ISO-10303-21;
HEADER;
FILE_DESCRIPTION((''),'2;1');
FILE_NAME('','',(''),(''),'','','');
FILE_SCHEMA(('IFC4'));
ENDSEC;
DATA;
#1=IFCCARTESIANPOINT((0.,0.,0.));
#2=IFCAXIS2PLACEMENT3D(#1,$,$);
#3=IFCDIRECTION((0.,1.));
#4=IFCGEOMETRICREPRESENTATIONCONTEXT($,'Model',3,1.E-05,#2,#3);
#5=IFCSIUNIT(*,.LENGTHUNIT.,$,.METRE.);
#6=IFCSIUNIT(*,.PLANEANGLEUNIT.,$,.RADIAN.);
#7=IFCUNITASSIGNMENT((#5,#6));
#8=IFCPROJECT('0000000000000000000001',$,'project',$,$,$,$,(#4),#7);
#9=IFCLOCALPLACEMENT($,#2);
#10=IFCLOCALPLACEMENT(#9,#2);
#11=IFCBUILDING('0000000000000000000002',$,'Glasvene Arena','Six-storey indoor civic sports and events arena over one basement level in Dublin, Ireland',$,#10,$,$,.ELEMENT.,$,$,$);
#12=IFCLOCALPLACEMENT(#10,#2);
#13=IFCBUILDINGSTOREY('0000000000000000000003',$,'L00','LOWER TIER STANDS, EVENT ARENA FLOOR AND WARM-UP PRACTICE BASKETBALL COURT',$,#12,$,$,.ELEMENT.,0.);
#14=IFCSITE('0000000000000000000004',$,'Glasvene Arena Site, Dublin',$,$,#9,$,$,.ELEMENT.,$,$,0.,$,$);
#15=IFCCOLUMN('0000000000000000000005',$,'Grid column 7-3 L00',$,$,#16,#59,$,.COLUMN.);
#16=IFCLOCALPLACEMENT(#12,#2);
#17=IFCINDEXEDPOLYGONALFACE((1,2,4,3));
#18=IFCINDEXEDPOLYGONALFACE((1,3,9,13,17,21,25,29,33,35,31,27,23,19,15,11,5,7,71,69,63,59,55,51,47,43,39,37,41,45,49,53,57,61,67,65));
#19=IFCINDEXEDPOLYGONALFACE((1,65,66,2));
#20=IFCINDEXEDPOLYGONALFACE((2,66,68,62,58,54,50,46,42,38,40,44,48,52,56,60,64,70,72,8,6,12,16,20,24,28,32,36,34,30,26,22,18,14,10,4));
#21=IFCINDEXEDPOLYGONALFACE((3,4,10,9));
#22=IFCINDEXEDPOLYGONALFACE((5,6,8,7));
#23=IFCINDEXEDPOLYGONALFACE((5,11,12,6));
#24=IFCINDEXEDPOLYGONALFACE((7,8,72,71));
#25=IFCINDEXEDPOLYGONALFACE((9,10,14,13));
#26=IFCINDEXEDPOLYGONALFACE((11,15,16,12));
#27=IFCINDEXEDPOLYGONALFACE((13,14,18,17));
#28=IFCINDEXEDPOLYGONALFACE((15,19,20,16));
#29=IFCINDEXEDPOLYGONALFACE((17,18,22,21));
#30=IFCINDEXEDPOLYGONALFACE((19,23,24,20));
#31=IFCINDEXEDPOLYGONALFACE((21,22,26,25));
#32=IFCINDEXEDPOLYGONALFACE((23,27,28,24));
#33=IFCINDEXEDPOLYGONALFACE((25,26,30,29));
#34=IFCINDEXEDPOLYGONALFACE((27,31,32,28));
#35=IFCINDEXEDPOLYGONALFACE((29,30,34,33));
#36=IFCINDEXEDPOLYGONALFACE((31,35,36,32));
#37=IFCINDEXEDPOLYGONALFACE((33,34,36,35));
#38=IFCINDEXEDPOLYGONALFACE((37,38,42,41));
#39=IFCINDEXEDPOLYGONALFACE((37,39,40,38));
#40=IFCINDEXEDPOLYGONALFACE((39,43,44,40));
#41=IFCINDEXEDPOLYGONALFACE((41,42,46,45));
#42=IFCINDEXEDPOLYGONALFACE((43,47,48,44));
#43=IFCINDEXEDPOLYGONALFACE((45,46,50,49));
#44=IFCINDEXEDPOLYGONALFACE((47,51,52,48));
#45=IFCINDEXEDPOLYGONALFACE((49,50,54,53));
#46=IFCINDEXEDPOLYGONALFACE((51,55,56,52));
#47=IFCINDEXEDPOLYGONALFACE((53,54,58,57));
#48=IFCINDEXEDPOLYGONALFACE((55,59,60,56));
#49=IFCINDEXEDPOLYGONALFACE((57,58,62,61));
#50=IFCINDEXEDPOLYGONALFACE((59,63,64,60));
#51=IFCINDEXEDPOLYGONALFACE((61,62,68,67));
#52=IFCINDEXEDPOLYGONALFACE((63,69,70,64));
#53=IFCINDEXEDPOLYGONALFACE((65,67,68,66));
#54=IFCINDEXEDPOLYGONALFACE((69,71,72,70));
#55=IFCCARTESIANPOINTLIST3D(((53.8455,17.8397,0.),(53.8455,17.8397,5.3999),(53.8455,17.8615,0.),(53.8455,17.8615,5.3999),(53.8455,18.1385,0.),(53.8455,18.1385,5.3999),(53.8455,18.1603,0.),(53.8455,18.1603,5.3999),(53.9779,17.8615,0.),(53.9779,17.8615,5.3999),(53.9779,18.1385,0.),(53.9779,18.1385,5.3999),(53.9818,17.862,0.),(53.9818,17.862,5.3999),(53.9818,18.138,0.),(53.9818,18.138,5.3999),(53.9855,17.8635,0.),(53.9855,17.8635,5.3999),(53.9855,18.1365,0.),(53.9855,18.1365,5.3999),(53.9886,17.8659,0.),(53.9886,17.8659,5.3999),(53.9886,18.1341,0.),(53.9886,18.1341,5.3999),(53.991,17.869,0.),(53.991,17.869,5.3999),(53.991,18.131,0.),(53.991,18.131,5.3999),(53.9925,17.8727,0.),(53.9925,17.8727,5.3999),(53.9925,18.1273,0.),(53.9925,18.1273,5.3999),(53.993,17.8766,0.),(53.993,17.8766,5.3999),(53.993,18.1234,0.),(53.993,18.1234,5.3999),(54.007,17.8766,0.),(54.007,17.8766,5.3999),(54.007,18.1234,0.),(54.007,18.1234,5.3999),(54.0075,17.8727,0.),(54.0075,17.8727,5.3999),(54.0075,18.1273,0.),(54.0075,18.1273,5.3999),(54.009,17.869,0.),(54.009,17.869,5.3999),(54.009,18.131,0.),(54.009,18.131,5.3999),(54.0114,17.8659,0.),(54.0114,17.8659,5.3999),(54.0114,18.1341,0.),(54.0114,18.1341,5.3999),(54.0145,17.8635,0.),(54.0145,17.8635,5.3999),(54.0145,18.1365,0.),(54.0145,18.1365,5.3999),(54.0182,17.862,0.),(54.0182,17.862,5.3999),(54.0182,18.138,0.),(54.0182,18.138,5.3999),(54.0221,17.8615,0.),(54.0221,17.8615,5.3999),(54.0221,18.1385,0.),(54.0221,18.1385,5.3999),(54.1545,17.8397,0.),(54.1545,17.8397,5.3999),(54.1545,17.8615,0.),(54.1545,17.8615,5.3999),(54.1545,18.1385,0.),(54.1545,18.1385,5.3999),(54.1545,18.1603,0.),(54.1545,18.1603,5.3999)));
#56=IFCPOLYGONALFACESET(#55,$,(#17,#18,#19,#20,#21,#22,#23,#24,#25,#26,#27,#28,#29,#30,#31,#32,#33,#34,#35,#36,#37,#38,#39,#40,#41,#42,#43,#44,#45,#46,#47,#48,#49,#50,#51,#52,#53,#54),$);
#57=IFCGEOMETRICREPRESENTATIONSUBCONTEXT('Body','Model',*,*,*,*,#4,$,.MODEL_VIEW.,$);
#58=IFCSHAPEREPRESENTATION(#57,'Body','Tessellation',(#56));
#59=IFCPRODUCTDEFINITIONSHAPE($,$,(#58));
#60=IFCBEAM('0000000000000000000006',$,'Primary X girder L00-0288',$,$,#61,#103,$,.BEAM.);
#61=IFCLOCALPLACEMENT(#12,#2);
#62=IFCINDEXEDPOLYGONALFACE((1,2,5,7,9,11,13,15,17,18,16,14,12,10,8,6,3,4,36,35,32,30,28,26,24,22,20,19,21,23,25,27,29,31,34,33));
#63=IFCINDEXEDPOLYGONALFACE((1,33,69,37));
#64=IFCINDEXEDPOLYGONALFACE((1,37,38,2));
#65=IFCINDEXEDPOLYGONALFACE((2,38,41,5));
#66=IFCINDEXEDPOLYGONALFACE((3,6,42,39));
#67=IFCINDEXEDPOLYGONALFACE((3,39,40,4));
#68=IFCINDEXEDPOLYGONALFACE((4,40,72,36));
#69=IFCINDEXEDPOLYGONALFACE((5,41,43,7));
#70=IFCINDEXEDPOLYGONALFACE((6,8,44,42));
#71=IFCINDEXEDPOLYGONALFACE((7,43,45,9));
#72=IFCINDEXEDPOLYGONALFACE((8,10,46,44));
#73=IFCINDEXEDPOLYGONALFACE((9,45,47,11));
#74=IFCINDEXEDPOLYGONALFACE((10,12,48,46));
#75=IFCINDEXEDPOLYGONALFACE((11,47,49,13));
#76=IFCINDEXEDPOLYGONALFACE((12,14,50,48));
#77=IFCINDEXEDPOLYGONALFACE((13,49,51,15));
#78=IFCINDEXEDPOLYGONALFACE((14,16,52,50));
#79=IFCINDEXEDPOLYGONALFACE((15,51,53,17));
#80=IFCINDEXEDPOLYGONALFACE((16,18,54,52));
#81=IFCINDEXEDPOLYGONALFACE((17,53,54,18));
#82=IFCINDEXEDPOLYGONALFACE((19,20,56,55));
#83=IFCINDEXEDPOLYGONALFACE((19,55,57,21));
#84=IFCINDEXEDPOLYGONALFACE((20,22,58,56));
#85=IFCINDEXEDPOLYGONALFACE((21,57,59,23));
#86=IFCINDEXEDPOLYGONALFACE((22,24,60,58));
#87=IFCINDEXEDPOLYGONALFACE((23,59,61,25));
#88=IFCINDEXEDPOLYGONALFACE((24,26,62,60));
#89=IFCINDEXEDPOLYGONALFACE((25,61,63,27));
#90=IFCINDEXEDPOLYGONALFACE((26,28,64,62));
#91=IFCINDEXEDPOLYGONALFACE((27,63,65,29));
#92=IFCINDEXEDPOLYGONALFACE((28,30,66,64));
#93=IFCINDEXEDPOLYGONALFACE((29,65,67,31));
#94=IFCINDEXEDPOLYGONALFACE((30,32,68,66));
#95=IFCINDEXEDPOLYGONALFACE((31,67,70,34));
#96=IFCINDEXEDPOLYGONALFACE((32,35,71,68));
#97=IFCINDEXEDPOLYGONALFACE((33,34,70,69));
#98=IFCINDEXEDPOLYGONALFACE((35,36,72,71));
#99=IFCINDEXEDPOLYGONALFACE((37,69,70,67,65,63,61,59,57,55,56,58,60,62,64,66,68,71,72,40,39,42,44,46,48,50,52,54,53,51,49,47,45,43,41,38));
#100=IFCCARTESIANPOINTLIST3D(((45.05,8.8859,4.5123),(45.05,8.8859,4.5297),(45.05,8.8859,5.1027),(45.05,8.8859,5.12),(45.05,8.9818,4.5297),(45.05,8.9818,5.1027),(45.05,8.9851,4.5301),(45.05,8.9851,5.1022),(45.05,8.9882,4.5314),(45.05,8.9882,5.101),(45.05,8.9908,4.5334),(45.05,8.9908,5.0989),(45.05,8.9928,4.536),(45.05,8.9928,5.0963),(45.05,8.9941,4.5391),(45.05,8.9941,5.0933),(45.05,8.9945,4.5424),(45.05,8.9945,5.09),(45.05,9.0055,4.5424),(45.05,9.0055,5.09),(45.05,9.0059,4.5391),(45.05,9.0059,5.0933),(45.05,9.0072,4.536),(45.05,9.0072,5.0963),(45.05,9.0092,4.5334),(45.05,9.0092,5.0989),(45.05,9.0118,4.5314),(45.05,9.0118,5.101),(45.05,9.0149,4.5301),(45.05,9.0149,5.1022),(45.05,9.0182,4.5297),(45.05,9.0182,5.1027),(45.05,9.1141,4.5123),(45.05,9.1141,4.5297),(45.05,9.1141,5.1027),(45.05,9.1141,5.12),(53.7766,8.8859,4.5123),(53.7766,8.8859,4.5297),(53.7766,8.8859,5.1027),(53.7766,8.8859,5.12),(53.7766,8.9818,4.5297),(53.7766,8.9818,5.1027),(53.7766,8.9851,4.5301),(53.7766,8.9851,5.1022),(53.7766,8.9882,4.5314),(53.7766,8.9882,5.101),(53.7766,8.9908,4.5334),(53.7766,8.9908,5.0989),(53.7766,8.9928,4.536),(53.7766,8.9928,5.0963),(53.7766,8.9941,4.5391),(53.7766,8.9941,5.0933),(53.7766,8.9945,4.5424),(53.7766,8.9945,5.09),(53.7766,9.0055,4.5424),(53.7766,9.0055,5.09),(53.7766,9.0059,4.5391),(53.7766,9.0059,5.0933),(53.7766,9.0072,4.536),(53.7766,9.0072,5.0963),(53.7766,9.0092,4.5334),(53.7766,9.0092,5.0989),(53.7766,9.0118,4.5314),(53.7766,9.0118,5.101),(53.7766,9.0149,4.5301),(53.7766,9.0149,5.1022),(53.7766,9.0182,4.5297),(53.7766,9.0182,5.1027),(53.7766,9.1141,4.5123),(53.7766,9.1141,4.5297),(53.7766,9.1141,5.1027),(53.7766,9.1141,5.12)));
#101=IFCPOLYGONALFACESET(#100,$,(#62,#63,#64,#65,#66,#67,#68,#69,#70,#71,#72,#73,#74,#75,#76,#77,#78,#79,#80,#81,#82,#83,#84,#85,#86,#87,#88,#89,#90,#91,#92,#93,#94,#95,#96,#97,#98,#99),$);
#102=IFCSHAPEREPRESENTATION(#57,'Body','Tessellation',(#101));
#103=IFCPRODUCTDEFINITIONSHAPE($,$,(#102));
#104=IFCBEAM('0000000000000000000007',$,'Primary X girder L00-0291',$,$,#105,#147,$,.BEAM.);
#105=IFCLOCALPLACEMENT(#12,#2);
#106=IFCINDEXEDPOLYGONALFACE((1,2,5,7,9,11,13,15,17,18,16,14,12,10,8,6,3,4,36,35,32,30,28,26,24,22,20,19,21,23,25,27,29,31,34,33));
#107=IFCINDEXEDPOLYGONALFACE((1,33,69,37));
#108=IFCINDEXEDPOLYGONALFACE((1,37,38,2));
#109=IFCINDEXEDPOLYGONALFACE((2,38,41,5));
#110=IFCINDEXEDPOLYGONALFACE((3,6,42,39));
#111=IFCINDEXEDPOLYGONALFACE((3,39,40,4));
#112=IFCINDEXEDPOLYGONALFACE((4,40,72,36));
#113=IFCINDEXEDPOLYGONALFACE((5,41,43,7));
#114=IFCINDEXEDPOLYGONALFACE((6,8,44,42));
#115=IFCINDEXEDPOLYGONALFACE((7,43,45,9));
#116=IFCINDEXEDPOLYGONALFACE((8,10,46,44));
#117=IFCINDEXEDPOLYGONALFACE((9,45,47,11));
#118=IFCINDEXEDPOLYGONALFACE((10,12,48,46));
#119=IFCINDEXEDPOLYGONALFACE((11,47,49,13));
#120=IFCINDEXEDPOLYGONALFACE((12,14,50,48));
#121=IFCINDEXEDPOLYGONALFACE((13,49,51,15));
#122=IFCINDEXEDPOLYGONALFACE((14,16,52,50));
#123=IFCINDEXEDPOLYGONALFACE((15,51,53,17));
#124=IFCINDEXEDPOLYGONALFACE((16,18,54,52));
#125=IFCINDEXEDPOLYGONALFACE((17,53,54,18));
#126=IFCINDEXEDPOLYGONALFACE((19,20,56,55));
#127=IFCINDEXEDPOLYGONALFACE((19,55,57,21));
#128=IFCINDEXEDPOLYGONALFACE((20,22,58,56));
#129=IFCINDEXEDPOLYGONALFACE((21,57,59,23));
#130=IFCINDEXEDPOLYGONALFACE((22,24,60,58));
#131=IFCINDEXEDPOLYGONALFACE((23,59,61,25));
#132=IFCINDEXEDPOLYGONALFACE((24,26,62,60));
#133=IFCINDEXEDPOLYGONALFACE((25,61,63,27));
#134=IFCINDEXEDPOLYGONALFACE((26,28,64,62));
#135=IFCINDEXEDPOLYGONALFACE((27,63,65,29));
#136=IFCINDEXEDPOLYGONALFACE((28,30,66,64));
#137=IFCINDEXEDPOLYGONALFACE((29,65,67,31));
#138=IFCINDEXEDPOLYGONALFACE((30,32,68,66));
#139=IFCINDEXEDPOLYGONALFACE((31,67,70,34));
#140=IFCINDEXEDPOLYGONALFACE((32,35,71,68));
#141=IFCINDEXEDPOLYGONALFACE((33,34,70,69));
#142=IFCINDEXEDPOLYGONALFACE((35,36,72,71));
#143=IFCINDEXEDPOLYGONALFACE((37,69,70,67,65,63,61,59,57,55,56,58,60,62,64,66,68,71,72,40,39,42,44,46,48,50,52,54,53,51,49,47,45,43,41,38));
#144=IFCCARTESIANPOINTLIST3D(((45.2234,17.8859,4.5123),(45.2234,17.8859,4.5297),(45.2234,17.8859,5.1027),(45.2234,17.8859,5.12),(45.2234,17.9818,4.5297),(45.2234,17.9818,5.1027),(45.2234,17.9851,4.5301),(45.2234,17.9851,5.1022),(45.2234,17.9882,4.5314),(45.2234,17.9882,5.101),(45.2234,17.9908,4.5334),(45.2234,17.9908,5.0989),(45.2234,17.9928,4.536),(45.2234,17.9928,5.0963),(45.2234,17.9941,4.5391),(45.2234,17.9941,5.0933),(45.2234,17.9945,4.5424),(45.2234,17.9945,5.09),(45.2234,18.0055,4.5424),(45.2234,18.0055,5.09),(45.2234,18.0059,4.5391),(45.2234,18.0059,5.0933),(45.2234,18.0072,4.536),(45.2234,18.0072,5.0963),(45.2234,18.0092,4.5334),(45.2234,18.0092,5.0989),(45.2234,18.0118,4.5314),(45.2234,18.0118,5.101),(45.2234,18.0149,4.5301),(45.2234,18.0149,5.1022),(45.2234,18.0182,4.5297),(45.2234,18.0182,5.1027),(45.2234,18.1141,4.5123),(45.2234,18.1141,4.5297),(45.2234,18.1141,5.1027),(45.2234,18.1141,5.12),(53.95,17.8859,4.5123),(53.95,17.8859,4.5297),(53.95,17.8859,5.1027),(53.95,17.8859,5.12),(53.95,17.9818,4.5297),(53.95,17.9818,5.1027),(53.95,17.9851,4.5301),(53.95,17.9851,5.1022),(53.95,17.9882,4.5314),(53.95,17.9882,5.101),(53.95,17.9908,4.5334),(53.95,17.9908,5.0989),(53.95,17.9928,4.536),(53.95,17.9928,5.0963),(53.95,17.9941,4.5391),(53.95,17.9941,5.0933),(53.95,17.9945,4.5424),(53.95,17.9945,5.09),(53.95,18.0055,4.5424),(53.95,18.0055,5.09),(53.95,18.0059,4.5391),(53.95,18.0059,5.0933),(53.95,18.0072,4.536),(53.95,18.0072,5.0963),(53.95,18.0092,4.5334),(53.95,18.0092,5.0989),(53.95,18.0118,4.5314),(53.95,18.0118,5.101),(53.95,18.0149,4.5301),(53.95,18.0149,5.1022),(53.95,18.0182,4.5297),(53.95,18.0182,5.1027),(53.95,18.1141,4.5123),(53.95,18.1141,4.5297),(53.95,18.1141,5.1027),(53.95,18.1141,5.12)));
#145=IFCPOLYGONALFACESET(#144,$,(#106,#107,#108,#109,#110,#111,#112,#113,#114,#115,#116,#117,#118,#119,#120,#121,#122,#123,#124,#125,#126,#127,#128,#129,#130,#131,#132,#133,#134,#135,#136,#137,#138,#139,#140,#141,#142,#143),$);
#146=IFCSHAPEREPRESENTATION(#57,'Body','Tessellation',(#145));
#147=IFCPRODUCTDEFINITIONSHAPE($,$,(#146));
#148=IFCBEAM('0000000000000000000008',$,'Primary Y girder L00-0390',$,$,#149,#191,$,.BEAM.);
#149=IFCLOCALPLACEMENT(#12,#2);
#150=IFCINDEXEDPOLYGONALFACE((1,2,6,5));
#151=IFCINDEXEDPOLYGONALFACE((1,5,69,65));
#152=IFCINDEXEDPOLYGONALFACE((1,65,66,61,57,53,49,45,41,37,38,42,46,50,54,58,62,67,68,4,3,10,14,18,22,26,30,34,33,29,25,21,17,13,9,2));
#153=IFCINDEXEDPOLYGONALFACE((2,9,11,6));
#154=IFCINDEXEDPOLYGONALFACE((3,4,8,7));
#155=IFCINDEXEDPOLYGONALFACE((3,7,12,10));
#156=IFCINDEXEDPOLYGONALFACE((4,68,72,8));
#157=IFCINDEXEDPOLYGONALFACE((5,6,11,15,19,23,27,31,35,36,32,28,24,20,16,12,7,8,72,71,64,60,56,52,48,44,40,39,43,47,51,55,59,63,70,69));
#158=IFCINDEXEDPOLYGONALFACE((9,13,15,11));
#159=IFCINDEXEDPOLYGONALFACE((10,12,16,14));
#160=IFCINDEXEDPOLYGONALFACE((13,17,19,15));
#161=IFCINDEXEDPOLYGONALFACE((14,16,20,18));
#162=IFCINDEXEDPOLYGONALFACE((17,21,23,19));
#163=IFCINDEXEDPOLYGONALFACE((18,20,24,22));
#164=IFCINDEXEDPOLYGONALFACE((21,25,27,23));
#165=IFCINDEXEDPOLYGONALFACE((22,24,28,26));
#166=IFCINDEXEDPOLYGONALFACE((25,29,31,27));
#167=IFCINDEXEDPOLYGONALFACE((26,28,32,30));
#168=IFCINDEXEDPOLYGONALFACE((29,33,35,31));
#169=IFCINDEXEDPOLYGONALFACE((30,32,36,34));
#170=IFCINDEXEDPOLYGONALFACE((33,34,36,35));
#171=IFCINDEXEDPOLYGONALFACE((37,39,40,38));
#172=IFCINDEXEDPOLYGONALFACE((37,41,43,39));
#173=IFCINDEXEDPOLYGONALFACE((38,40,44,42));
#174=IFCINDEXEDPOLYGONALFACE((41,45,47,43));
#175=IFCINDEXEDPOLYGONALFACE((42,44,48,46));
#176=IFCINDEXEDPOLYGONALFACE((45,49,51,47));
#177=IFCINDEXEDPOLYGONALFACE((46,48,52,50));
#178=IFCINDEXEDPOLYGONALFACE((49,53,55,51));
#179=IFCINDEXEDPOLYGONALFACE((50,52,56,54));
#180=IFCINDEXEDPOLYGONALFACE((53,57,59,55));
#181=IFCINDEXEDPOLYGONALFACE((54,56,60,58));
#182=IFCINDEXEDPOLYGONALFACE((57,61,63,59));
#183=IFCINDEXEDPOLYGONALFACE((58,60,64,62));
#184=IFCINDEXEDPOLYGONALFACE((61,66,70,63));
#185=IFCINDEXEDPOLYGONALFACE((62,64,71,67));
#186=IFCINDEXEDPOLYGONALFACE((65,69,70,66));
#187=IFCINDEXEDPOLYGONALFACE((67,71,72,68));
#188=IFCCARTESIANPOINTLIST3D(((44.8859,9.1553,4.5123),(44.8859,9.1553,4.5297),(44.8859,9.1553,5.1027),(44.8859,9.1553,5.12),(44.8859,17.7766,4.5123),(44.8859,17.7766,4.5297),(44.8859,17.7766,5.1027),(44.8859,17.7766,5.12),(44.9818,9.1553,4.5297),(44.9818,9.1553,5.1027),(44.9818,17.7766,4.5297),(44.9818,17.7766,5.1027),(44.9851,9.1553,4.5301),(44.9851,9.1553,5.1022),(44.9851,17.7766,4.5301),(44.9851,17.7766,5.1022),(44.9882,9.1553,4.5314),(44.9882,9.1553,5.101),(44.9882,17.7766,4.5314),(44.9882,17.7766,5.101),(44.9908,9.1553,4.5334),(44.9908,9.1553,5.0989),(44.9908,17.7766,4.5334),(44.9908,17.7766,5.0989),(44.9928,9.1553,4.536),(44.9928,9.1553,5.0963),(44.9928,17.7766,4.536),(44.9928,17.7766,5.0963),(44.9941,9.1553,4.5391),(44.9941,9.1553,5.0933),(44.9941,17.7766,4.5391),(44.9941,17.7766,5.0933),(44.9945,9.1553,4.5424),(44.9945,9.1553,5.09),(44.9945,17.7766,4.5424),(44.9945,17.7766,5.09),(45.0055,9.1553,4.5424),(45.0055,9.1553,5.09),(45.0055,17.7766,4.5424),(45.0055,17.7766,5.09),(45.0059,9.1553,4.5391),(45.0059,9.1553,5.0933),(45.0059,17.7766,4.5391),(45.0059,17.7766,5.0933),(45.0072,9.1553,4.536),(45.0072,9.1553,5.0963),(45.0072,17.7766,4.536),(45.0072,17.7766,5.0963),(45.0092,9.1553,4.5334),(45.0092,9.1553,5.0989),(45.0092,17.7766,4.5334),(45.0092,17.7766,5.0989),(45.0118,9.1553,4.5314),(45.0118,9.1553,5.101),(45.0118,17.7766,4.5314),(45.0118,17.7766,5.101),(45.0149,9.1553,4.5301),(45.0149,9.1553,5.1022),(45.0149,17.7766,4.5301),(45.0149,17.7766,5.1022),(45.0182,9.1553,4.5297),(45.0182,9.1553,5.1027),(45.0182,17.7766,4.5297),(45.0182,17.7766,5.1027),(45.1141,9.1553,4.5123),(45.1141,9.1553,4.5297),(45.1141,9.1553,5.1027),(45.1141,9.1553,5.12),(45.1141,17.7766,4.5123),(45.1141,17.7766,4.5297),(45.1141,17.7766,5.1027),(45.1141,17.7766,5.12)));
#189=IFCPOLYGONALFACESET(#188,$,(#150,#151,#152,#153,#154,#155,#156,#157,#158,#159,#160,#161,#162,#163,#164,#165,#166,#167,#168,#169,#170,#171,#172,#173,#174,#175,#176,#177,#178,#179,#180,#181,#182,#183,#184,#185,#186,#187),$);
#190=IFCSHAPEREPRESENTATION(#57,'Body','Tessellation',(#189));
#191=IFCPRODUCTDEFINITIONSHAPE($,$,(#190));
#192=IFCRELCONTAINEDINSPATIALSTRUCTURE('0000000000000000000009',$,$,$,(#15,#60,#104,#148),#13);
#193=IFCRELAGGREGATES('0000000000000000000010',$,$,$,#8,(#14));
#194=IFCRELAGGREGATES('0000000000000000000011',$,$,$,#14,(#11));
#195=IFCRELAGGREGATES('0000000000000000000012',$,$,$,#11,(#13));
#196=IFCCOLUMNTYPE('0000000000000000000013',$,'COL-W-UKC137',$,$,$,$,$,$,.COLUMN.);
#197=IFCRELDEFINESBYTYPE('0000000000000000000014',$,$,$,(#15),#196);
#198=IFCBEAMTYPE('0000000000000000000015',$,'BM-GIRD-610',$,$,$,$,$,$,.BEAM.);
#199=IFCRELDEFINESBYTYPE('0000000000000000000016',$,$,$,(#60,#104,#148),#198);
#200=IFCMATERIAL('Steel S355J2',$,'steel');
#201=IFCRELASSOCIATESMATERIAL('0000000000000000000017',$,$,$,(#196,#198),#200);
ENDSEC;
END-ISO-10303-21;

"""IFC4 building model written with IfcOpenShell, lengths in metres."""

from ifc_helpers import new_model, si_unit, direction, frame, origin, origin_2d, place, context, subcontext, project, spatial, i_section, extrude, material, material_profile, profile_set, type_object, element, save


model = new_model("IFC4")

# Units and contexts
model_context = context("Model", 3, precision=1e-05, world=origin(), true_north=direction((0.0, 1.0)))
body_context = subcontext(model_context, "Body", "Model", "MODEL_VIEW")
ifc_project = project(units=[si_unit("LENGTHUNIT", "METRE"), si_unit("PLANEANGLEUNIT", "RADIAN")], contexts=[model_context])

# Site, building, storey
site_placement = place(None, origin())
site = spatial("IfcSite", under=ifc_project, at=site_placement, Name="Glasvene Arena Site, Dublin", CompositionType="ELEMENT", RefElevation=0.0)
building_placement = place(site_placement, origin())
building = spatial("IfcBuilding", under=site, at=building_placement, Name="Glasvene Arena", Description="Six-storey indoor civic sports and events arena over one basement level in Dublin, Ireland", CompositionType="ELEMENT")
storey_placement = place(building_placement, origin())
storey = spatial("IfcBuildingStorey", under=building, at=storey_placement, Name="L00", Description="LOWER TIER STANDS, EVENT ARENA FLOOR AND WARM-UP PRACTICE BASKETBALL COURT", CompositionType="ELEMENT", Elevation=0.0)

# Column
ifc_material_1 = material(Name="Steel S355J2", Category="steel")
ifc_material_profile_1 = material_profile(ifc_material_1, i_section(OverallWidth=0.3091, OverallDepth=0.3206, WebThickness=0.0139, FlangeThickness=0.0217, FilletRadius=0.0151, at=origin_2d()), Name="UKC 305x305x137")
ifc_profile_set_1 = profile_set([ifc_material_profile_1], Name="Steel S355J2")
column_type_1 = type_object("IfcColumnType", Name="COL-W-UKC137", PredefinedType="COLUMN", material=ifc_profile_set_1)
for number, where, z_axis, x_axis, name in (
    (1, (54.0, 18.0, 0.0), (0.0, 0.0, 1.0), (1.0, 0.0, 0.0), "Grid column 7-3 L00"),
):
    element("IfcColumn", number, at=place(storey_placement, frame(where, z_axis=z_axis, x_axis=x_axis)), inside=storey, type_object=column_type_1, Name=name, PredefinedType="COLUMN", context=body_context, shape_type="SweptSolid", body=[
        extrude(i_section(OverallWidth=0.3091, OverallDepth=0.3206, WebThickness=0.0139, FlangeThickness=0.0217, FilletRadius=0.0151, at=origin_2d()), origin(), (0.0, 0.0, 1.0), 5.3999),
    ])

# Beams
ifc_material_profile_2 = material_profile(ifc_material_1, i_section(OverallWidth=0.2283, OverallDepth=0.6077, WebThickness=0.011, FlangeThickness=0.0173, FilletRadius=0.0127, at=origin_2d()), Name="UKB 610x229x113")
ifc_profile_set_2 = profile_set([ifc_material_profile_2], Name="Steel S355J2")
beam_type_1 = type_object("IfcBeamType", Name="BM-GIRD-610", PredefinedType="BEAM", material=ifc_profile_set_2)
for number, where, z_axis, x_axis, name in (
    (2, (45.05, 9.0, 4.8162), (1.0, 0.0, 0.0), (0.0, 1.0, 0.0), "Primary X girder L00-0288"),
    (3, (45.2234, 18.0, 4.8162), (1.0, 0.0, 0.0), (0.0, 1.0, 0.0), "Primary X girder L00-0291"),
):
    element("IfcBeam", number, at=place(storey_placement, frame(where, z_axis=z_axis, x_axis=x_axis)), inside=storey, type_object=beam_type_1, Name=name, PredefinedType="BEAM", context=body_context, shape_type="SweptSolid", body=[
        extrude(i_section(OverallWidth=0.2283, OverallDepth=0.6077, WebThickness=0.011, FlangeThickness=0.0173, FilletRadius=0.0127, at=origin_2d()), origin(), (0.0, 0.0, 1.0), 8.7266),
    ])
beam_1_placement = place(storey_placement, frame((45.0, 9.1553, 4.8162), z_axis=(0.0, 1.0, 0.0), x_axis=(-1.0, 0.0, 0.0)))
element("IfcBeam", 4, at=beam_1_placement, inside=storey, type_object=beam_type_1, Name="Primary Y girder L00-0390", PredefinedType="BEAM", context=body_context, shape_type="SweptSolid", body=[
    extrude(i_section(OverallWidth=0.2283, OverallDepth=0.6077, WebThickness=0.011, FlangeThickness=0.0173, FilletRadius=0.0127, at=origin_2d()), origin(), (0.0, 0.0, 1.0), 8.6213),
])

save(model, "model.ifc")
